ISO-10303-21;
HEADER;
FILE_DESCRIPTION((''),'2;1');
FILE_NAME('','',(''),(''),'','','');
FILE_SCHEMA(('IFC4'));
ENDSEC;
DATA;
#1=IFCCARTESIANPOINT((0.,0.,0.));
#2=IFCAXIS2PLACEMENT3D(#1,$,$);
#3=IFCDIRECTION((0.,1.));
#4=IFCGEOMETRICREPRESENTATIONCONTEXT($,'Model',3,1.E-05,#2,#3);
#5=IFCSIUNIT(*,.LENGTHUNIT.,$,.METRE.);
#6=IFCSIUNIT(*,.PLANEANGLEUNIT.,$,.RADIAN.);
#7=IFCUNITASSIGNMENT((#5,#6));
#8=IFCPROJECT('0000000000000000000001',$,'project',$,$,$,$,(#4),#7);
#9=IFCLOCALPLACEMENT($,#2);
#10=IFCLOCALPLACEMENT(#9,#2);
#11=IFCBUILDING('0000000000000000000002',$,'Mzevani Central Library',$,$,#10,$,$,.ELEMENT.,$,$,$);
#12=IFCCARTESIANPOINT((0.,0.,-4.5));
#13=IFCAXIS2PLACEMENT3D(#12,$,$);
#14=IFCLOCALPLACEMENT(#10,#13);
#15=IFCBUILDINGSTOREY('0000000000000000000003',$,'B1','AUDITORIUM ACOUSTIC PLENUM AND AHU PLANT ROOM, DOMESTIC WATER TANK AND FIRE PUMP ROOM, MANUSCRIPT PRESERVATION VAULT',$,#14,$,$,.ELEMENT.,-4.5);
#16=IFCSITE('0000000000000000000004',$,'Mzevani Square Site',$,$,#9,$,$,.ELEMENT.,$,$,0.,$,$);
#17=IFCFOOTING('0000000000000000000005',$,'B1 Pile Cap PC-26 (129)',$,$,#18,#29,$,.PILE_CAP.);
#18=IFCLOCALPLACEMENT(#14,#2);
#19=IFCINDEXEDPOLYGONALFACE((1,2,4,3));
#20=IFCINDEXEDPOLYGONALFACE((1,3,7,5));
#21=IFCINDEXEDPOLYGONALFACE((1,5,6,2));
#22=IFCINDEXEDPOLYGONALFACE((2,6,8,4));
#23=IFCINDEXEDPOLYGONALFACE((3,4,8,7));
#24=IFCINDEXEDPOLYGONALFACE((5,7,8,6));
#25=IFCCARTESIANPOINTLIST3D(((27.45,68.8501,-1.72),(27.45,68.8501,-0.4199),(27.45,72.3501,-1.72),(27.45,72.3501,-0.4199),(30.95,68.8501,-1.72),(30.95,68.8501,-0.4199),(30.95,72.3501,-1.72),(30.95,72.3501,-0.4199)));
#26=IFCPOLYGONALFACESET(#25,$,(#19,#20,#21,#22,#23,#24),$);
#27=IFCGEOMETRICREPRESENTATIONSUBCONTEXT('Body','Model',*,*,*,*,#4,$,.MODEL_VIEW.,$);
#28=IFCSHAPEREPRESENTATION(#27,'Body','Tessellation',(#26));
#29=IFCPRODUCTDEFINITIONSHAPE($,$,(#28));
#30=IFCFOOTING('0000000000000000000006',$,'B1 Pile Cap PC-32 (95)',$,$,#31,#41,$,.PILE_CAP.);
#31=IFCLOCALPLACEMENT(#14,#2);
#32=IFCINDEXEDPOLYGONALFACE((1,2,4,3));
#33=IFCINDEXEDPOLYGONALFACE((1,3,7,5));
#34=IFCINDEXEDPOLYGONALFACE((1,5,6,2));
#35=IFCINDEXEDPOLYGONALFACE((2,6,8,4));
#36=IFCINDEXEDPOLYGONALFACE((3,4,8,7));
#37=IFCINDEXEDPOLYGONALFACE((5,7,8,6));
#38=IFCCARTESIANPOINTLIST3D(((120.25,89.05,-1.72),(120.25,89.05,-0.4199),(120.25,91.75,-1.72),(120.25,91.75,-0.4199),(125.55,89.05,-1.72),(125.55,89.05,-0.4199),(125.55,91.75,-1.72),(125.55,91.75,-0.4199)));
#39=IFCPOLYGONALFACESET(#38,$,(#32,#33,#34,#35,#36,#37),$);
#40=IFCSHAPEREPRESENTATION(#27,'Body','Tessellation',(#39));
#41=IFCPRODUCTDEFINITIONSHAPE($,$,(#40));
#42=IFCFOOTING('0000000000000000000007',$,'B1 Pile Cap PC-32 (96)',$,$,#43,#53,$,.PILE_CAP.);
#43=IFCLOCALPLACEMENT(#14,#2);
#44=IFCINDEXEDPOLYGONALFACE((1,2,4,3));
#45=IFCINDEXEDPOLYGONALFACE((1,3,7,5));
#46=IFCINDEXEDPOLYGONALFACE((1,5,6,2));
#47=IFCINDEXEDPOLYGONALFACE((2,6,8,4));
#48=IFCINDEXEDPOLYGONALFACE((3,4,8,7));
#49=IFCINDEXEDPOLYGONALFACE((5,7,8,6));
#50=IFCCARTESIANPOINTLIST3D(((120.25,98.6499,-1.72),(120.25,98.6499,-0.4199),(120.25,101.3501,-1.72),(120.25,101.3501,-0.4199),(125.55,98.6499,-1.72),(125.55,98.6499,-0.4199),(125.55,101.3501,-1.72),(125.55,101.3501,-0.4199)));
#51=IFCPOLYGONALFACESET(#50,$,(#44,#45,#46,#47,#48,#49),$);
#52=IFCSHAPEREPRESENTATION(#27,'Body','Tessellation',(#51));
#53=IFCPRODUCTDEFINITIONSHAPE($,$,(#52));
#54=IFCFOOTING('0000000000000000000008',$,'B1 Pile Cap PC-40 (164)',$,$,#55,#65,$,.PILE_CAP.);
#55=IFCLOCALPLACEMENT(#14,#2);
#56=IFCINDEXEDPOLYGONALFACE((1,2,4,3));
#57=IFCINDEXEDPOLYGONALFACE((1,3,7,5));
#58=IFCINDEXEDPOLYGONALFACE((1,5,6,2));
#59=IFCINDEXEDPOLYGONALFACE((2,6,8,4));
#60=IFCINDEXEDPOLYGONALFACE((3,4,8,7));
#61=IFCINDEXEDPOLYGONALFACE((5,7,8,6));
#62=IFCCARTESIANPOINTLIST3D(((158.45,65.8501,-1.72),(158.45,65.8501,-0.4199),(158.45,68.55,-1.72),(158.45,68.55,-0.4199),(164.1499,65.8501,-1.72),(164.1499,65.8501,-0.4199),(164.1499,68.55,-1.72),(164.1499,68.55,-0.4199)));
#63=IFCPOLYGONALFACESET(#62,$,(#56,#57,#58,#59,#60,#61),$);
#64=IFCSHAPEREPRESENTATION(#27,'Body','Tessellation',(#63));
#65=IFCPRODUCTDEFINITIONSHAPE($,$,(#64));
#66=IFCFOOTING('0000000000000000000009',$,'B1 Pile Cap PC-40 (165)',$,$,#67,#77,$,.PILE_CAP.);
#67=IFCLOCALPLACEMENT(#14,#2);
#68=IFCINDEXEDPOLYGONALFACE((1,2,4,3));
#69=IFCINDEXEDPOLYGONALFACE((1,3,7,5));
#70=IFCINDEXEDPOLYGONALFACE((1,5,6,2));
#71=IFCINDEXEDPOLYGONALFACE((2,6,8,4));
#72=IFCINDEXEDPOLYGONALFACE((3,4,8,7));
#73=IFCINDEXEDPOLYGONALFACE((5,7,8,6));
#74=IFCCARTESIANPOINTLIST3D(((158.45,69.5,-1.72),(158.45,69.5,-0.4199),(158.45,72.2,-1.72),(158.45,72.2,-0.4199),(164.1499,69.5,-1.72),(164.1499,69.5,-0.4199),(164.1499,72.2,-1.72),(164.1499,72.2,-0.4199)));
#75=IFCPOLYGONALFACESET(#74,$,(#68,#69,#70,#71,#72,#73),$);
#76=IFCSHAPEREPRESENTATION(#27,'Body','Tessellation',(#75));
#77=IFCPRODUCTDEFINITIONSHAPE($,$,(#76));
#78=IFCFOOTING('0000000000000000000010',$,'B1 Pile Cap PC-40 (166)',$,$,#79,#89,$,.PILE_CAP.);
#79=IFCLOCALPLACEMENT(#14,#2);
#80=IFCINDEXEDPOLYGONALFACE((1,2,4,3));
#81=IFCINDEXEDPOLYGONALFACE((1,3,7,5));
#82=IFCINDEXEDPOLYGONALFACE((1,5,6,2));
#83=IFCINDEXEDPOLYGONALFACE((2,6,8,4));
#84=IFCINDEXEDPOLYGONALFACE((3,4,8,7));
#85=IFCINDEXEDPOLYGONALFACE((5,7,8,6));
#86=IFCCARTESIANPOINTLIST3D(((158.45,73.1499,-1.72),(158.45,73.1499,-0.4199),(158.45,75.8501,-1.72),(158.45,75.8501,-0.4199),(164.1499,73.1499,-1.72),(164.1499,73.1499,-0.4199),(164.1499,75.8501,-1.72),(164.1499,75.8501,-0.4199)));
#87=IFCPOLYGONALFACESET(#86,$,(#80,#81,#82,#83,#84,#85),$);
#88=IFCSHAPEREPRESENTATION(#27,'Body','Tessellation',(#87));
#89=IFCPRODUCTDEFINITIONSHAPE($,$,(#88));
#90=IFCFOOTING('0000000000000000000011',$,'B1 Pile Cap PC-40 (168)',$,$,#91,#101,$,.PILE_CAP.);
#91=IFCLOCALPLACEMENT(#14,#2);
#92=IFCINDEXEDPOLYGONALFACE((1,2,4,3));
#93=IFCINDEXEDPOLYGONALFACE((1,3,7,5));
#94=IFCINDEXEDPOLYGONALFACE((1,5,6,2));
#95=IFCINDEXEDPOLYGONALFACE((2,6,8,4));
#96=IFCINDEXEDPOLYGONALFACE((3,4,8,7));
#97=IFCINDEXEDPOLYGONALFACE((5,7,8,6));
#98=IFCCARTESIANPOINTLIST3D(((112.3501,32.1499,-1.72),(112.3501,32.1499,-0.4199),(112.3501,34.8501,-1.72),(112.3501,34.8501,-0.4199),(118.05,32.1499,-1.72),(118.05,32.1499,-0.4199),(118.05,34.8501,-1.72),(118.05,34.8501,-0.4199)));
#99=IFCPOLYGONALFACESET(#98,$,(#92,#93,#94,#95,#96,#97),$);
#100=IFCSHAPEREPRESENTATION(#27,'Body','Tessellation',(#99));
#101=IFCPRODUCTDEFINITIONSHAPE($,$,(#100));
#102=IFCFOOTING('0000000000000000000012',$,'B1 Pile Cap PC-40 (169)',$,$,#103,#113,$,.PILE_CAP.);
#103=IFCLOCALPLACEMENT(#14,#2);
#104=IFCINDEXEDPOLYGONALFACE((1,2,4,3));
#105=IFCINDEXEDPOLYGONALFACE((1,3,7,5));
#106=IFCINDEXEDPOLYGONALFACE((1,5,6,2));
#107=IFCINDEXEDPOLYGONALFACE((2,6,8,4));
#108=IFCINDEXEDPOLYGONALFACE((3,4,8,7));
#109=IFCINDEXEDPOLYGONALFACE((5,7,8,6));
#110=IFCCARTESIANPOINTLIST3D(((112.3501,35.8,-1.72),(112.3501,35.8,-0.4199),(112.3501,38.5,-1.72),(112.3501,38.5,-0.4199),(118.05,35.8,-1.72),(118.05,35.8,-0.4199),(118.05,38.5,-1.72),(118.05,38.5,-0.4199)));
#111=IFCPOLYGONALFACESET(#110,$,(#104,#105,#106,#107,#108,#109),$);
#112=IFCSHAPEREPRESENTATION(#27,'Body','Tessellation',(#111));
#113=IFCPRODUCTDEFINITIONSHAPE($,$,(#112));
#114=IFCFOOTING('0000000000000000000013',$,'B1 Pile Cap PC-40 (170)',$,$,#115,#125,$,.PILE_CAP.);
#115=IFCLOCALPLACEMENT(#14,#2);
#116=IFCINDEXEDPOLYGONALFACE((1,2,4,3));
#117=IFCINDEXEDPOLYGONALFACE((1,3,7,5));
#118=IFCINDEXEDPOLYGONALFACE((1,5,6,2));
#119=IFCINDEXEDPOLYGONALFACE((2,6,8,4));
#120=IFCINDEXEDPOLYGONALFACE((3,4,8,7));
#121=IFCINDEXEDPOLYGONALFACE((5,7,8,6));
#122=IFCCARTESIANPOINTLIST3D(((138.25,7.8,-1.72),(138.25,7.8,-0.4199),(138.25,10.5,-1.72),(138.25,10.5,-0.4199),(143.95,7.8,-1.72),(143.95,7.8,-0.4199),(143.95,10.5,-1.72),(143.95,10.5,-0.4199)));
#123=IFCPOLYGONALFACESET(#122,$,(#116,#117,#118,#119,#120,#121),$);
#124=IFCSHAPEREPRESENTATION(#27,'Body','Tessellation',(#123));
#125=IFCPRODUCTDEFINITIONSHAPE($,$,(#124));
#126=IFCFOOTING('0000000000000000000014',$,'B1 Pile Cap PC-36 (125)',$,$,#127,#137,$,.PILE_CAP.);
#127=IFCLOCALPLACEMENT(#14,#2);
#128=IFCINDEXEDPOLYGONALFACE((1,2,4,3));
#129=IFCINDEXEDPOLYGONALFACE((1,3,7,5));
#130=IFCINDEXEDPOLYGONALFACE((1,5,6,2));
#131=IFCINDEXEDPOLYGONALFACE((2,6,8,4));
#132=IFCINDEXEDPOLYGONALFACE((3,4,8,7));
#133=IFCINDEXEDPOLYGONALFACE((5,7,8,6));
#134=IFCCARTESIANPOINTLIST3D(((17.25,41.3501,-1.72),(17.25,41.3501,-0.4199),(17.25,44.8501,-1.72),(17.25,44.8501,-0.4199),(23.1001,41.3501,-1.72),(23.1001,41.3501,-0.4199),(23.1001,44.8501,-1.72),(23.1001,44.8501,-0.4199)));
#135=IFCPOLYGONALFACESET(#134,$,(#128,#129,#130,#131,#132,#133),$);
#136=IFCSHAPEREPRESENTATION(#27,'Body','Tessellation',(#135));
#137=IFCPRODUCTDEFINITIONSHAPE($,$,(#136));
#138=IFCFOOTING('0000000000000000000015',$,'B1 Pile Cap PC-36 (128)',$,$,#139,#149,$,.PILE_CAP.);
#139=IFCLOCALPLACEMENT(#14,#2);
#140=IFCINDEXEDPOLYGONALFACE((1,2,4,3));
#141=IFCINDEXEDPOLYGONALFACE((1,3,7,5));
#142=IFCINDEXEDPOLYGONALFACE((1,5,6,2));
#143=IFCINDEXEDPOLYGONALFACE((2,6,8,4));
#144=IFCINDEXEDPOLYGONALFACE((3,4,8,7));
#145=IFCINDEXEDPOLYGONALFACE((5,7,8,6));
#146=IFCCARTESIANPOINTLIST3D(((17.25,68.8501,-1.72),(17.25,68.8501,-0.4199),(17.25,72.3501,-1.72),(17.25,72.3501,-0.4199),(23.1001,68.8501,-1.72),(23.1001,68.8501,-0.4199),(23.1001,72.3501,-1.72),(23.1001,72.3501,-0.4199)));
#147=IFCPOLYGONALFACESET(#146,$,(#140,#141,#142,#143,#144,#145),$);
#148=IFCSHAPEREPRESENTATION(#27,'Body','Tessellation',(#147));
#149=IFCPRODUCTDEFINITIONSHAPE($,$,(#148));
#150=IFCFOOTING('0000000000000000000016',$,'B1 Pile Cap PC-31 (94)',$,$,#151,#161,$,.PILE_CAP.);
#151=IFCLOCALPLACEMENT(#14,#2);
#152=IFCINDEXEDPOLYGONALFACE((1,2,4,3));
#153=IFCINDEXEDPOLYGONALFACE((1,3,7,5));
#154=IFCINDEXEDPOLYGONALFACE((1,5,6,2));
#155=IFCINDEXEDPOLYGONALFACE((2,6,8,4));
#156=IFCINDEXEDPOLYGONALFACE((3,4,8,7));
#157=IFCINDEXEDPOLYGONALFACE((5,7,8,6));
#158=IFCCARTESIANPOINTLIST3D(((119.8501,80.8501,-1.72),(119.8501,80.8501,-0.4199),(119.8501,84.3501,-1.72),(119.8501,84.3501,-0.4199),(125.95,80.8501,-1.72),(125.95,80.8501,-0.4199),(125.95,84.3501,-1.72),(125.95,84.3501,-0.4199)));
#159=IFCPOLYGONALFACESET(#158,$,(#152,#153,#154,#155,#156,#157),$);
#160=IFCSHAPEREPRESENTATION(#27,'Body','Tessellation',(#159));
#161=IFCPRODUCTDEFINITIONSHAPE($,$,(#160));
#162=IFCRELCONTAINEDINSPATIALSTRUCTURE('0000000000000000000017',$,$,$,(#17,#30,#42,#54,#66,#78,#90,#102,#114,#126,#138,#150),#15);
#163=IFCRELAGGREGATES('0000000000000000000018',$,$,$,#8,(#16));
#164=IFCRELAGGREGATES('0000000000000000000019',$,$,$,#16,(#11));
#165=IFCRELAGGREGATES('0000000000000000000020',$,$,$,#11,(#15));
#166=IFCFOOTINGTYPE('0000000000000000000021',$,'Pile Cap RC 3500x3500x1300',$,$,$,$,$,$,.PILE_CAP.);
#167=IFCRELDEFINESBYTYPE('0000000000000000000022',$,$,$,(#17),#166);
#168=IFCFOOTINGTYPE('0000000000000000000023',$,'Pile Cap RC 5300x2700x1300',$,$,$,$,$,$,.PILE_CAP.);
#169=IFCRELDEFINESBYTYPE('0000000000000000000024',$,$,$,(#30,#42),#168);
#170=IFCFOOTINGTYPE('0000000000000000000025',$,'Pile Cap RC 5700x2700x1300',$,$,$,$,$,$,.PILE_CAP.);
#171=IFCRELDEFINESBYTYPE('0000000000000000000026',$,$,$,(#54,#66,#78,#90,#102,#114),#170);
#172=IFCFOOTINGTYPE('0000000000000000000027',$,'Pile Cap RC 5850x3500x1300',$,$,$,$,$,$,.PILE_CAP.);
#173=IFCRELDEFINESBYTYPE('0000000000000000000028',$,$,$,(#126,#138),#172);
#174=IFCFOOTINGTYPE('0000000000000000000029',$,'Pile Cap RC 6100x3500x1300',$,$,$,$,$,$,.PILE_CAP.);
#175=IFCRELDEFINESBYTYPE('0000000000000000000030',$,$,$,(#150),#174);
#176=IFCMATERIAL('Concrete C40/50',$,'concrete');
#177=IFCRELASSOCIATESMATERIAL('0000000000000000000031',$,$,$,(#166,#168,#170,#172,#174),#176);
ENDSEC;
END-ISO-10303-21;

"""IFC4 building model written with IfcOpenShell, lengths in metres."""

from ifc_helpers import new_model, si_unit, direction, frame, origin, place, context, subcontext, project, spatial, polyline, outline, extrude, material, type_object, element, save


model = new_model("IFC4")

# Units and contexts
model_context = context("Model", 3, precision=1e-05, world=origin(), true_north=direction((0.0, 1.0)))
body_context = subcontext(model_context, "Body", "Model", "MODEL_VIEW")
ifc_project = project(units=[si_unit("LENGTHUNIT", "METRE"), si_unit("PLANEANGLEUNIT", "RADIAN")], contexts=[model_context])

# Site, building, storey
site_placement = place(None, origin())
site = spatial("IfcSite", under=ifc_project, at=site_placement, Name="Mzevani Square Site", CompositionType="ELEMENT", RefElevation=0.0)
building_placement = place(site_placement, origin())
building = spatial("IfcBuilding", under=site, at=building_placement, Name="Mzevani Central Library", CompositionType="ELEMENT")
storey_placement = place(building_placement, frame((0.0, 0.0, -4.5)))
storey = spatial("IfcBuildingStorey", under=building, at=storey_placement, Name="B1", Description="AUDITORIUM ACOUSTIC PLENUM AND AHU PLANT ROOM, DOMESTIC WATER TANK AND FIRE PUMP ROOM, MANUSCRIPT PRESERVATION VAULT", CompositionType="ELEMENT", Elevation=-4.5)

# Footings
ifc_material = material(Name="Concrete C40/50", Category="concrete")
footing_type_1 = type_object("IfcFootingType", Name="Pile Cap RC 3500x3500x1300", PredefinedType="PILE_CAP", material=ifc_material)
footing_1_placement = place(storey_placement, frame((0.0, 0.0, -1.72)))
element("IfcFooting", 1, at=footing_1_placement, inside=storey, type_object=footing_type_1, Name="B1 Pile Cap PC-26 (129)", PredefinedType="PILE_CAP", context=body_context, shape_type="SweptSolid", body=[
    extrude(outline(polyline([(27.45, 68.8501), (30.95, 68.8501), (30.95, 72.3501), (27.45, 72.3501), (27.45, 68.8501)])), origin(), (0.0, 0.0, 1.0), 1.3),
])
footing_type_2 = type_object("IfcFootingType", Name="Pile Cap RC 5300x2700x1300", PredefinedType="PILE_CAP", material=ifc_material)
footing_2_placement = place(storey_placement, frame((0.0, 0.0, -1.72)))
element("IfcFooting", 2, at=footing_2_placement, inside=storey, type_object=footing_type_2, Name="B1 Pile Cap PC-32 (95)", PredefinedType="PILE_CAP", context=body_context, shape_type="SweptSolid", body=[
    extrude(outline(polyline([(120.25, 89.05), (125.55, 89.05), (125.55, 91.75), (120.25, 91.75), (120.25, 89.05)])), origin(), (0.0, 0.0, 1.0), 1.3),
])
footing_3_placement = place(storey_placement, frame((0.0, 0.0, -1.72)))
element("IfcFooting", 3, at=footing_3_placement, inside=storey, type_object=footing_type_2, Name="B1 Pile Cap PC-32 (96)", PredefinedType="PILE_CAP", context=body_context, shape_type="SweptSolid", body=[
    extrude(outline(polyline([(120.25, 98.6499), (125.55, 98.6499), (125.55, 101.3501), (120.25, 101.3501), (120.25, 98.6499)])), origin(), (0.0, 0.0, 1.0), 1.3),
])
footing_type_3 = type_object("IfcFootingType", Name="Pile Cap RC 5700x2700x1300", PredefinedType="PILE_CAP", material=ifc_material)
footing_4_placement = place(storey_placement, frame((0.0, 0.0, -1.72)))
element("IfcFooting", 4, at=footing_4_placement, inside=storey, type_object=footing_type_3, Name="B1 Pile Cap PC-40 (164)", PredefinedType="PILE_CAP", context=body_context, shape_type="SweptSolid", body=[
    extrude(outline(polyline([(158.45, 65.8501), (164.1499, 65.8501), (164.1499, 68.55), (158.45, 68.55), (158.45, 65.8501)])), origin(), (0.0, 0.0, 1.0), 1.3),
])
footing_5_placement = place(storey_placement, frame((0.0, 0.0, -1.72)))
element("IfcFooting", 5, at=footing_5_placement, inside=storey, type_object=footing_type_3, Name="B1 Pile Cap PC-40 (165)", PredefinedType="PILE_CAP", context=body_context, shape_type="SweptSolid", body=[
    extrude(outline(polyline([(158.45, 69.5), (164.1499, 69.5), (164.1499, 72.2), (158.45, 72.2), (158.45, 69.5)])), origin(), (0.0, 0.0, 1.0), 1.3),
])
footing_6_placement = place(storey_placement, frame((0.0, 0.0, -1.72)))
element("IfcFooting", 6, at=footing_6_placement, inside=storey, type_object=footing_type_3, Name="B1 Pile Cap PC-40 (166)", PredefinedType="PILE_CAP", context=body_context, shape_type="SweptSolid", body=[
    extrude(outline(polyline([(158.45, 73.1499), (164.1499, 73.1499), (164.1499, 75.8501), (158.45, 75.8501), (158.45, 73.1499)])), origin(), (0.0, 0.0, 1.0), 1.3),
])
footing_7_placement = place(storey_placement, frame((0.0, 0.0, -1.72)))
element("IfcFooting", 7, at=footing_7_placement, inside=storey, type_object=footing_type_3, Name="B1 Pile Cap PC-40 (168)", PredefinedType="PILE_CAP", context=body_context, shape_type="SweptSolid", body=[
    extrude(outline(polyline([(112.3501, 32.1499), (118.05, 32.1499), (118.05, 34.8501), (112.3501, 34.8501), (112.3501, 32.1499)])), origin(), (0.0, 0.0, 1.0), 1.3),
])
footing_8_placement = place(storey_placement, frame((0.0, 0.0, -1.72)))
element("IfcFooting", 8, at=footing_8_placement, inside=storey, type_object=footing_type_3, Name="B1 Pile Cap PC-40 (169)", PredefinedType="PILE_CAP", context=body_context, shape_type="SweptSolid", body=[
    extrude(outline(polyline([(112.3501, 35.8), (118.05, 35.8), (118.05, 38.5), (112.3501, 38.5), (112.3501, 35.8)])), origin(), (0.0, 0.0, 1.0), 1.3),
])
footing_9_placement = place(storey_placement, frame((0.0, 0.0, -1.72)))
element("IfcFooting", 9, at=footing_9_placement, inside=storey, type_object=footing_type_3, Name="B1 Pile Cap PC-40 (170)", PredefinedType="PILE_CAP", context=body_context, shape_type="SweptSolid", body=[
    extrude(outline(polyline([(138.25, 7.8), (143.95, 7.8), (143.95, 10.5), (138.25, 10.5), (138.25, 7.8)])), origin(), (0.0, 0.0, 1.0), 1.3),
])
footing_type_4 = type_object("IfcFootingType", Name="Pile Cap RC 5850x3500x1300", PredefinedType="PILE_CAP", material=ifc_material)
footing_10_placement = place(storey_placement, frame((0.0, 0.0, -1.72)))
element("IfcFooting", 10, at=footing_10_placement, inside=storey, type_object=footing_type_4, Name="B1 Pile Cap PC-36 (125)", PredefinedType="PILE_CAP", context=body_context, shape_type="SweptSolid", body=[
    extrude(outline(polyline([(17.25, 41.3501), (23.1001, 41.3501), (23.1001, 44.8501), (17.25, 44.8501), (17.25, 41.3501)])), origin(), (0.0, 0.0, 1.0), 1.3),
])
footing_11_placement = place(storey_placement, frame((0.0, 0.0, -1.72)))
element("IfcFooting", 11, at=footing_11_placement, inside=storey, type_object=footing_type_4, Name="B1 Pile Cap PC-36 (128)", PredefinedType="PILE_CAP", context=body_context, shape_type="SweptSolid", body=[
    extrude(outline(polyline([(17.25, 68.8501), (23.1001, 68.8501), (23.1001, 72.3501), (17.25, 72.3501), (17.25, 68.8501)])), origin(), (0.0, 0.0, 1.0), 1.3),
])
footing_type_5 = type_object("IfcFootingType", Name="Pile Cap RC 6100x3500x1300", PredefinedType="PILE_CAP", material=ifc_material)
footing_12_placement = place(storey_placement, frame((0.0, 0.0, -1.72)))
element("IfcFooting", 12, at=footing_12_placement, inside=storey, type_object=footing_type_5, Name="B1 Pile Cap PC-31 (94)", PredefinedType="PILE_CAP", context=body_context, shape_type="SweptSolid", body=[
    extrude(outline(polyline([(119.8501, 80.8501), (125.95, 80.8501), (125.95, 84.3501), (119.8501, 84.3501), (119.8501, 80.8501)])), origin(), (0.0, 0.0, 1.0), 1.3),
])

save(model, "model.ifc")
